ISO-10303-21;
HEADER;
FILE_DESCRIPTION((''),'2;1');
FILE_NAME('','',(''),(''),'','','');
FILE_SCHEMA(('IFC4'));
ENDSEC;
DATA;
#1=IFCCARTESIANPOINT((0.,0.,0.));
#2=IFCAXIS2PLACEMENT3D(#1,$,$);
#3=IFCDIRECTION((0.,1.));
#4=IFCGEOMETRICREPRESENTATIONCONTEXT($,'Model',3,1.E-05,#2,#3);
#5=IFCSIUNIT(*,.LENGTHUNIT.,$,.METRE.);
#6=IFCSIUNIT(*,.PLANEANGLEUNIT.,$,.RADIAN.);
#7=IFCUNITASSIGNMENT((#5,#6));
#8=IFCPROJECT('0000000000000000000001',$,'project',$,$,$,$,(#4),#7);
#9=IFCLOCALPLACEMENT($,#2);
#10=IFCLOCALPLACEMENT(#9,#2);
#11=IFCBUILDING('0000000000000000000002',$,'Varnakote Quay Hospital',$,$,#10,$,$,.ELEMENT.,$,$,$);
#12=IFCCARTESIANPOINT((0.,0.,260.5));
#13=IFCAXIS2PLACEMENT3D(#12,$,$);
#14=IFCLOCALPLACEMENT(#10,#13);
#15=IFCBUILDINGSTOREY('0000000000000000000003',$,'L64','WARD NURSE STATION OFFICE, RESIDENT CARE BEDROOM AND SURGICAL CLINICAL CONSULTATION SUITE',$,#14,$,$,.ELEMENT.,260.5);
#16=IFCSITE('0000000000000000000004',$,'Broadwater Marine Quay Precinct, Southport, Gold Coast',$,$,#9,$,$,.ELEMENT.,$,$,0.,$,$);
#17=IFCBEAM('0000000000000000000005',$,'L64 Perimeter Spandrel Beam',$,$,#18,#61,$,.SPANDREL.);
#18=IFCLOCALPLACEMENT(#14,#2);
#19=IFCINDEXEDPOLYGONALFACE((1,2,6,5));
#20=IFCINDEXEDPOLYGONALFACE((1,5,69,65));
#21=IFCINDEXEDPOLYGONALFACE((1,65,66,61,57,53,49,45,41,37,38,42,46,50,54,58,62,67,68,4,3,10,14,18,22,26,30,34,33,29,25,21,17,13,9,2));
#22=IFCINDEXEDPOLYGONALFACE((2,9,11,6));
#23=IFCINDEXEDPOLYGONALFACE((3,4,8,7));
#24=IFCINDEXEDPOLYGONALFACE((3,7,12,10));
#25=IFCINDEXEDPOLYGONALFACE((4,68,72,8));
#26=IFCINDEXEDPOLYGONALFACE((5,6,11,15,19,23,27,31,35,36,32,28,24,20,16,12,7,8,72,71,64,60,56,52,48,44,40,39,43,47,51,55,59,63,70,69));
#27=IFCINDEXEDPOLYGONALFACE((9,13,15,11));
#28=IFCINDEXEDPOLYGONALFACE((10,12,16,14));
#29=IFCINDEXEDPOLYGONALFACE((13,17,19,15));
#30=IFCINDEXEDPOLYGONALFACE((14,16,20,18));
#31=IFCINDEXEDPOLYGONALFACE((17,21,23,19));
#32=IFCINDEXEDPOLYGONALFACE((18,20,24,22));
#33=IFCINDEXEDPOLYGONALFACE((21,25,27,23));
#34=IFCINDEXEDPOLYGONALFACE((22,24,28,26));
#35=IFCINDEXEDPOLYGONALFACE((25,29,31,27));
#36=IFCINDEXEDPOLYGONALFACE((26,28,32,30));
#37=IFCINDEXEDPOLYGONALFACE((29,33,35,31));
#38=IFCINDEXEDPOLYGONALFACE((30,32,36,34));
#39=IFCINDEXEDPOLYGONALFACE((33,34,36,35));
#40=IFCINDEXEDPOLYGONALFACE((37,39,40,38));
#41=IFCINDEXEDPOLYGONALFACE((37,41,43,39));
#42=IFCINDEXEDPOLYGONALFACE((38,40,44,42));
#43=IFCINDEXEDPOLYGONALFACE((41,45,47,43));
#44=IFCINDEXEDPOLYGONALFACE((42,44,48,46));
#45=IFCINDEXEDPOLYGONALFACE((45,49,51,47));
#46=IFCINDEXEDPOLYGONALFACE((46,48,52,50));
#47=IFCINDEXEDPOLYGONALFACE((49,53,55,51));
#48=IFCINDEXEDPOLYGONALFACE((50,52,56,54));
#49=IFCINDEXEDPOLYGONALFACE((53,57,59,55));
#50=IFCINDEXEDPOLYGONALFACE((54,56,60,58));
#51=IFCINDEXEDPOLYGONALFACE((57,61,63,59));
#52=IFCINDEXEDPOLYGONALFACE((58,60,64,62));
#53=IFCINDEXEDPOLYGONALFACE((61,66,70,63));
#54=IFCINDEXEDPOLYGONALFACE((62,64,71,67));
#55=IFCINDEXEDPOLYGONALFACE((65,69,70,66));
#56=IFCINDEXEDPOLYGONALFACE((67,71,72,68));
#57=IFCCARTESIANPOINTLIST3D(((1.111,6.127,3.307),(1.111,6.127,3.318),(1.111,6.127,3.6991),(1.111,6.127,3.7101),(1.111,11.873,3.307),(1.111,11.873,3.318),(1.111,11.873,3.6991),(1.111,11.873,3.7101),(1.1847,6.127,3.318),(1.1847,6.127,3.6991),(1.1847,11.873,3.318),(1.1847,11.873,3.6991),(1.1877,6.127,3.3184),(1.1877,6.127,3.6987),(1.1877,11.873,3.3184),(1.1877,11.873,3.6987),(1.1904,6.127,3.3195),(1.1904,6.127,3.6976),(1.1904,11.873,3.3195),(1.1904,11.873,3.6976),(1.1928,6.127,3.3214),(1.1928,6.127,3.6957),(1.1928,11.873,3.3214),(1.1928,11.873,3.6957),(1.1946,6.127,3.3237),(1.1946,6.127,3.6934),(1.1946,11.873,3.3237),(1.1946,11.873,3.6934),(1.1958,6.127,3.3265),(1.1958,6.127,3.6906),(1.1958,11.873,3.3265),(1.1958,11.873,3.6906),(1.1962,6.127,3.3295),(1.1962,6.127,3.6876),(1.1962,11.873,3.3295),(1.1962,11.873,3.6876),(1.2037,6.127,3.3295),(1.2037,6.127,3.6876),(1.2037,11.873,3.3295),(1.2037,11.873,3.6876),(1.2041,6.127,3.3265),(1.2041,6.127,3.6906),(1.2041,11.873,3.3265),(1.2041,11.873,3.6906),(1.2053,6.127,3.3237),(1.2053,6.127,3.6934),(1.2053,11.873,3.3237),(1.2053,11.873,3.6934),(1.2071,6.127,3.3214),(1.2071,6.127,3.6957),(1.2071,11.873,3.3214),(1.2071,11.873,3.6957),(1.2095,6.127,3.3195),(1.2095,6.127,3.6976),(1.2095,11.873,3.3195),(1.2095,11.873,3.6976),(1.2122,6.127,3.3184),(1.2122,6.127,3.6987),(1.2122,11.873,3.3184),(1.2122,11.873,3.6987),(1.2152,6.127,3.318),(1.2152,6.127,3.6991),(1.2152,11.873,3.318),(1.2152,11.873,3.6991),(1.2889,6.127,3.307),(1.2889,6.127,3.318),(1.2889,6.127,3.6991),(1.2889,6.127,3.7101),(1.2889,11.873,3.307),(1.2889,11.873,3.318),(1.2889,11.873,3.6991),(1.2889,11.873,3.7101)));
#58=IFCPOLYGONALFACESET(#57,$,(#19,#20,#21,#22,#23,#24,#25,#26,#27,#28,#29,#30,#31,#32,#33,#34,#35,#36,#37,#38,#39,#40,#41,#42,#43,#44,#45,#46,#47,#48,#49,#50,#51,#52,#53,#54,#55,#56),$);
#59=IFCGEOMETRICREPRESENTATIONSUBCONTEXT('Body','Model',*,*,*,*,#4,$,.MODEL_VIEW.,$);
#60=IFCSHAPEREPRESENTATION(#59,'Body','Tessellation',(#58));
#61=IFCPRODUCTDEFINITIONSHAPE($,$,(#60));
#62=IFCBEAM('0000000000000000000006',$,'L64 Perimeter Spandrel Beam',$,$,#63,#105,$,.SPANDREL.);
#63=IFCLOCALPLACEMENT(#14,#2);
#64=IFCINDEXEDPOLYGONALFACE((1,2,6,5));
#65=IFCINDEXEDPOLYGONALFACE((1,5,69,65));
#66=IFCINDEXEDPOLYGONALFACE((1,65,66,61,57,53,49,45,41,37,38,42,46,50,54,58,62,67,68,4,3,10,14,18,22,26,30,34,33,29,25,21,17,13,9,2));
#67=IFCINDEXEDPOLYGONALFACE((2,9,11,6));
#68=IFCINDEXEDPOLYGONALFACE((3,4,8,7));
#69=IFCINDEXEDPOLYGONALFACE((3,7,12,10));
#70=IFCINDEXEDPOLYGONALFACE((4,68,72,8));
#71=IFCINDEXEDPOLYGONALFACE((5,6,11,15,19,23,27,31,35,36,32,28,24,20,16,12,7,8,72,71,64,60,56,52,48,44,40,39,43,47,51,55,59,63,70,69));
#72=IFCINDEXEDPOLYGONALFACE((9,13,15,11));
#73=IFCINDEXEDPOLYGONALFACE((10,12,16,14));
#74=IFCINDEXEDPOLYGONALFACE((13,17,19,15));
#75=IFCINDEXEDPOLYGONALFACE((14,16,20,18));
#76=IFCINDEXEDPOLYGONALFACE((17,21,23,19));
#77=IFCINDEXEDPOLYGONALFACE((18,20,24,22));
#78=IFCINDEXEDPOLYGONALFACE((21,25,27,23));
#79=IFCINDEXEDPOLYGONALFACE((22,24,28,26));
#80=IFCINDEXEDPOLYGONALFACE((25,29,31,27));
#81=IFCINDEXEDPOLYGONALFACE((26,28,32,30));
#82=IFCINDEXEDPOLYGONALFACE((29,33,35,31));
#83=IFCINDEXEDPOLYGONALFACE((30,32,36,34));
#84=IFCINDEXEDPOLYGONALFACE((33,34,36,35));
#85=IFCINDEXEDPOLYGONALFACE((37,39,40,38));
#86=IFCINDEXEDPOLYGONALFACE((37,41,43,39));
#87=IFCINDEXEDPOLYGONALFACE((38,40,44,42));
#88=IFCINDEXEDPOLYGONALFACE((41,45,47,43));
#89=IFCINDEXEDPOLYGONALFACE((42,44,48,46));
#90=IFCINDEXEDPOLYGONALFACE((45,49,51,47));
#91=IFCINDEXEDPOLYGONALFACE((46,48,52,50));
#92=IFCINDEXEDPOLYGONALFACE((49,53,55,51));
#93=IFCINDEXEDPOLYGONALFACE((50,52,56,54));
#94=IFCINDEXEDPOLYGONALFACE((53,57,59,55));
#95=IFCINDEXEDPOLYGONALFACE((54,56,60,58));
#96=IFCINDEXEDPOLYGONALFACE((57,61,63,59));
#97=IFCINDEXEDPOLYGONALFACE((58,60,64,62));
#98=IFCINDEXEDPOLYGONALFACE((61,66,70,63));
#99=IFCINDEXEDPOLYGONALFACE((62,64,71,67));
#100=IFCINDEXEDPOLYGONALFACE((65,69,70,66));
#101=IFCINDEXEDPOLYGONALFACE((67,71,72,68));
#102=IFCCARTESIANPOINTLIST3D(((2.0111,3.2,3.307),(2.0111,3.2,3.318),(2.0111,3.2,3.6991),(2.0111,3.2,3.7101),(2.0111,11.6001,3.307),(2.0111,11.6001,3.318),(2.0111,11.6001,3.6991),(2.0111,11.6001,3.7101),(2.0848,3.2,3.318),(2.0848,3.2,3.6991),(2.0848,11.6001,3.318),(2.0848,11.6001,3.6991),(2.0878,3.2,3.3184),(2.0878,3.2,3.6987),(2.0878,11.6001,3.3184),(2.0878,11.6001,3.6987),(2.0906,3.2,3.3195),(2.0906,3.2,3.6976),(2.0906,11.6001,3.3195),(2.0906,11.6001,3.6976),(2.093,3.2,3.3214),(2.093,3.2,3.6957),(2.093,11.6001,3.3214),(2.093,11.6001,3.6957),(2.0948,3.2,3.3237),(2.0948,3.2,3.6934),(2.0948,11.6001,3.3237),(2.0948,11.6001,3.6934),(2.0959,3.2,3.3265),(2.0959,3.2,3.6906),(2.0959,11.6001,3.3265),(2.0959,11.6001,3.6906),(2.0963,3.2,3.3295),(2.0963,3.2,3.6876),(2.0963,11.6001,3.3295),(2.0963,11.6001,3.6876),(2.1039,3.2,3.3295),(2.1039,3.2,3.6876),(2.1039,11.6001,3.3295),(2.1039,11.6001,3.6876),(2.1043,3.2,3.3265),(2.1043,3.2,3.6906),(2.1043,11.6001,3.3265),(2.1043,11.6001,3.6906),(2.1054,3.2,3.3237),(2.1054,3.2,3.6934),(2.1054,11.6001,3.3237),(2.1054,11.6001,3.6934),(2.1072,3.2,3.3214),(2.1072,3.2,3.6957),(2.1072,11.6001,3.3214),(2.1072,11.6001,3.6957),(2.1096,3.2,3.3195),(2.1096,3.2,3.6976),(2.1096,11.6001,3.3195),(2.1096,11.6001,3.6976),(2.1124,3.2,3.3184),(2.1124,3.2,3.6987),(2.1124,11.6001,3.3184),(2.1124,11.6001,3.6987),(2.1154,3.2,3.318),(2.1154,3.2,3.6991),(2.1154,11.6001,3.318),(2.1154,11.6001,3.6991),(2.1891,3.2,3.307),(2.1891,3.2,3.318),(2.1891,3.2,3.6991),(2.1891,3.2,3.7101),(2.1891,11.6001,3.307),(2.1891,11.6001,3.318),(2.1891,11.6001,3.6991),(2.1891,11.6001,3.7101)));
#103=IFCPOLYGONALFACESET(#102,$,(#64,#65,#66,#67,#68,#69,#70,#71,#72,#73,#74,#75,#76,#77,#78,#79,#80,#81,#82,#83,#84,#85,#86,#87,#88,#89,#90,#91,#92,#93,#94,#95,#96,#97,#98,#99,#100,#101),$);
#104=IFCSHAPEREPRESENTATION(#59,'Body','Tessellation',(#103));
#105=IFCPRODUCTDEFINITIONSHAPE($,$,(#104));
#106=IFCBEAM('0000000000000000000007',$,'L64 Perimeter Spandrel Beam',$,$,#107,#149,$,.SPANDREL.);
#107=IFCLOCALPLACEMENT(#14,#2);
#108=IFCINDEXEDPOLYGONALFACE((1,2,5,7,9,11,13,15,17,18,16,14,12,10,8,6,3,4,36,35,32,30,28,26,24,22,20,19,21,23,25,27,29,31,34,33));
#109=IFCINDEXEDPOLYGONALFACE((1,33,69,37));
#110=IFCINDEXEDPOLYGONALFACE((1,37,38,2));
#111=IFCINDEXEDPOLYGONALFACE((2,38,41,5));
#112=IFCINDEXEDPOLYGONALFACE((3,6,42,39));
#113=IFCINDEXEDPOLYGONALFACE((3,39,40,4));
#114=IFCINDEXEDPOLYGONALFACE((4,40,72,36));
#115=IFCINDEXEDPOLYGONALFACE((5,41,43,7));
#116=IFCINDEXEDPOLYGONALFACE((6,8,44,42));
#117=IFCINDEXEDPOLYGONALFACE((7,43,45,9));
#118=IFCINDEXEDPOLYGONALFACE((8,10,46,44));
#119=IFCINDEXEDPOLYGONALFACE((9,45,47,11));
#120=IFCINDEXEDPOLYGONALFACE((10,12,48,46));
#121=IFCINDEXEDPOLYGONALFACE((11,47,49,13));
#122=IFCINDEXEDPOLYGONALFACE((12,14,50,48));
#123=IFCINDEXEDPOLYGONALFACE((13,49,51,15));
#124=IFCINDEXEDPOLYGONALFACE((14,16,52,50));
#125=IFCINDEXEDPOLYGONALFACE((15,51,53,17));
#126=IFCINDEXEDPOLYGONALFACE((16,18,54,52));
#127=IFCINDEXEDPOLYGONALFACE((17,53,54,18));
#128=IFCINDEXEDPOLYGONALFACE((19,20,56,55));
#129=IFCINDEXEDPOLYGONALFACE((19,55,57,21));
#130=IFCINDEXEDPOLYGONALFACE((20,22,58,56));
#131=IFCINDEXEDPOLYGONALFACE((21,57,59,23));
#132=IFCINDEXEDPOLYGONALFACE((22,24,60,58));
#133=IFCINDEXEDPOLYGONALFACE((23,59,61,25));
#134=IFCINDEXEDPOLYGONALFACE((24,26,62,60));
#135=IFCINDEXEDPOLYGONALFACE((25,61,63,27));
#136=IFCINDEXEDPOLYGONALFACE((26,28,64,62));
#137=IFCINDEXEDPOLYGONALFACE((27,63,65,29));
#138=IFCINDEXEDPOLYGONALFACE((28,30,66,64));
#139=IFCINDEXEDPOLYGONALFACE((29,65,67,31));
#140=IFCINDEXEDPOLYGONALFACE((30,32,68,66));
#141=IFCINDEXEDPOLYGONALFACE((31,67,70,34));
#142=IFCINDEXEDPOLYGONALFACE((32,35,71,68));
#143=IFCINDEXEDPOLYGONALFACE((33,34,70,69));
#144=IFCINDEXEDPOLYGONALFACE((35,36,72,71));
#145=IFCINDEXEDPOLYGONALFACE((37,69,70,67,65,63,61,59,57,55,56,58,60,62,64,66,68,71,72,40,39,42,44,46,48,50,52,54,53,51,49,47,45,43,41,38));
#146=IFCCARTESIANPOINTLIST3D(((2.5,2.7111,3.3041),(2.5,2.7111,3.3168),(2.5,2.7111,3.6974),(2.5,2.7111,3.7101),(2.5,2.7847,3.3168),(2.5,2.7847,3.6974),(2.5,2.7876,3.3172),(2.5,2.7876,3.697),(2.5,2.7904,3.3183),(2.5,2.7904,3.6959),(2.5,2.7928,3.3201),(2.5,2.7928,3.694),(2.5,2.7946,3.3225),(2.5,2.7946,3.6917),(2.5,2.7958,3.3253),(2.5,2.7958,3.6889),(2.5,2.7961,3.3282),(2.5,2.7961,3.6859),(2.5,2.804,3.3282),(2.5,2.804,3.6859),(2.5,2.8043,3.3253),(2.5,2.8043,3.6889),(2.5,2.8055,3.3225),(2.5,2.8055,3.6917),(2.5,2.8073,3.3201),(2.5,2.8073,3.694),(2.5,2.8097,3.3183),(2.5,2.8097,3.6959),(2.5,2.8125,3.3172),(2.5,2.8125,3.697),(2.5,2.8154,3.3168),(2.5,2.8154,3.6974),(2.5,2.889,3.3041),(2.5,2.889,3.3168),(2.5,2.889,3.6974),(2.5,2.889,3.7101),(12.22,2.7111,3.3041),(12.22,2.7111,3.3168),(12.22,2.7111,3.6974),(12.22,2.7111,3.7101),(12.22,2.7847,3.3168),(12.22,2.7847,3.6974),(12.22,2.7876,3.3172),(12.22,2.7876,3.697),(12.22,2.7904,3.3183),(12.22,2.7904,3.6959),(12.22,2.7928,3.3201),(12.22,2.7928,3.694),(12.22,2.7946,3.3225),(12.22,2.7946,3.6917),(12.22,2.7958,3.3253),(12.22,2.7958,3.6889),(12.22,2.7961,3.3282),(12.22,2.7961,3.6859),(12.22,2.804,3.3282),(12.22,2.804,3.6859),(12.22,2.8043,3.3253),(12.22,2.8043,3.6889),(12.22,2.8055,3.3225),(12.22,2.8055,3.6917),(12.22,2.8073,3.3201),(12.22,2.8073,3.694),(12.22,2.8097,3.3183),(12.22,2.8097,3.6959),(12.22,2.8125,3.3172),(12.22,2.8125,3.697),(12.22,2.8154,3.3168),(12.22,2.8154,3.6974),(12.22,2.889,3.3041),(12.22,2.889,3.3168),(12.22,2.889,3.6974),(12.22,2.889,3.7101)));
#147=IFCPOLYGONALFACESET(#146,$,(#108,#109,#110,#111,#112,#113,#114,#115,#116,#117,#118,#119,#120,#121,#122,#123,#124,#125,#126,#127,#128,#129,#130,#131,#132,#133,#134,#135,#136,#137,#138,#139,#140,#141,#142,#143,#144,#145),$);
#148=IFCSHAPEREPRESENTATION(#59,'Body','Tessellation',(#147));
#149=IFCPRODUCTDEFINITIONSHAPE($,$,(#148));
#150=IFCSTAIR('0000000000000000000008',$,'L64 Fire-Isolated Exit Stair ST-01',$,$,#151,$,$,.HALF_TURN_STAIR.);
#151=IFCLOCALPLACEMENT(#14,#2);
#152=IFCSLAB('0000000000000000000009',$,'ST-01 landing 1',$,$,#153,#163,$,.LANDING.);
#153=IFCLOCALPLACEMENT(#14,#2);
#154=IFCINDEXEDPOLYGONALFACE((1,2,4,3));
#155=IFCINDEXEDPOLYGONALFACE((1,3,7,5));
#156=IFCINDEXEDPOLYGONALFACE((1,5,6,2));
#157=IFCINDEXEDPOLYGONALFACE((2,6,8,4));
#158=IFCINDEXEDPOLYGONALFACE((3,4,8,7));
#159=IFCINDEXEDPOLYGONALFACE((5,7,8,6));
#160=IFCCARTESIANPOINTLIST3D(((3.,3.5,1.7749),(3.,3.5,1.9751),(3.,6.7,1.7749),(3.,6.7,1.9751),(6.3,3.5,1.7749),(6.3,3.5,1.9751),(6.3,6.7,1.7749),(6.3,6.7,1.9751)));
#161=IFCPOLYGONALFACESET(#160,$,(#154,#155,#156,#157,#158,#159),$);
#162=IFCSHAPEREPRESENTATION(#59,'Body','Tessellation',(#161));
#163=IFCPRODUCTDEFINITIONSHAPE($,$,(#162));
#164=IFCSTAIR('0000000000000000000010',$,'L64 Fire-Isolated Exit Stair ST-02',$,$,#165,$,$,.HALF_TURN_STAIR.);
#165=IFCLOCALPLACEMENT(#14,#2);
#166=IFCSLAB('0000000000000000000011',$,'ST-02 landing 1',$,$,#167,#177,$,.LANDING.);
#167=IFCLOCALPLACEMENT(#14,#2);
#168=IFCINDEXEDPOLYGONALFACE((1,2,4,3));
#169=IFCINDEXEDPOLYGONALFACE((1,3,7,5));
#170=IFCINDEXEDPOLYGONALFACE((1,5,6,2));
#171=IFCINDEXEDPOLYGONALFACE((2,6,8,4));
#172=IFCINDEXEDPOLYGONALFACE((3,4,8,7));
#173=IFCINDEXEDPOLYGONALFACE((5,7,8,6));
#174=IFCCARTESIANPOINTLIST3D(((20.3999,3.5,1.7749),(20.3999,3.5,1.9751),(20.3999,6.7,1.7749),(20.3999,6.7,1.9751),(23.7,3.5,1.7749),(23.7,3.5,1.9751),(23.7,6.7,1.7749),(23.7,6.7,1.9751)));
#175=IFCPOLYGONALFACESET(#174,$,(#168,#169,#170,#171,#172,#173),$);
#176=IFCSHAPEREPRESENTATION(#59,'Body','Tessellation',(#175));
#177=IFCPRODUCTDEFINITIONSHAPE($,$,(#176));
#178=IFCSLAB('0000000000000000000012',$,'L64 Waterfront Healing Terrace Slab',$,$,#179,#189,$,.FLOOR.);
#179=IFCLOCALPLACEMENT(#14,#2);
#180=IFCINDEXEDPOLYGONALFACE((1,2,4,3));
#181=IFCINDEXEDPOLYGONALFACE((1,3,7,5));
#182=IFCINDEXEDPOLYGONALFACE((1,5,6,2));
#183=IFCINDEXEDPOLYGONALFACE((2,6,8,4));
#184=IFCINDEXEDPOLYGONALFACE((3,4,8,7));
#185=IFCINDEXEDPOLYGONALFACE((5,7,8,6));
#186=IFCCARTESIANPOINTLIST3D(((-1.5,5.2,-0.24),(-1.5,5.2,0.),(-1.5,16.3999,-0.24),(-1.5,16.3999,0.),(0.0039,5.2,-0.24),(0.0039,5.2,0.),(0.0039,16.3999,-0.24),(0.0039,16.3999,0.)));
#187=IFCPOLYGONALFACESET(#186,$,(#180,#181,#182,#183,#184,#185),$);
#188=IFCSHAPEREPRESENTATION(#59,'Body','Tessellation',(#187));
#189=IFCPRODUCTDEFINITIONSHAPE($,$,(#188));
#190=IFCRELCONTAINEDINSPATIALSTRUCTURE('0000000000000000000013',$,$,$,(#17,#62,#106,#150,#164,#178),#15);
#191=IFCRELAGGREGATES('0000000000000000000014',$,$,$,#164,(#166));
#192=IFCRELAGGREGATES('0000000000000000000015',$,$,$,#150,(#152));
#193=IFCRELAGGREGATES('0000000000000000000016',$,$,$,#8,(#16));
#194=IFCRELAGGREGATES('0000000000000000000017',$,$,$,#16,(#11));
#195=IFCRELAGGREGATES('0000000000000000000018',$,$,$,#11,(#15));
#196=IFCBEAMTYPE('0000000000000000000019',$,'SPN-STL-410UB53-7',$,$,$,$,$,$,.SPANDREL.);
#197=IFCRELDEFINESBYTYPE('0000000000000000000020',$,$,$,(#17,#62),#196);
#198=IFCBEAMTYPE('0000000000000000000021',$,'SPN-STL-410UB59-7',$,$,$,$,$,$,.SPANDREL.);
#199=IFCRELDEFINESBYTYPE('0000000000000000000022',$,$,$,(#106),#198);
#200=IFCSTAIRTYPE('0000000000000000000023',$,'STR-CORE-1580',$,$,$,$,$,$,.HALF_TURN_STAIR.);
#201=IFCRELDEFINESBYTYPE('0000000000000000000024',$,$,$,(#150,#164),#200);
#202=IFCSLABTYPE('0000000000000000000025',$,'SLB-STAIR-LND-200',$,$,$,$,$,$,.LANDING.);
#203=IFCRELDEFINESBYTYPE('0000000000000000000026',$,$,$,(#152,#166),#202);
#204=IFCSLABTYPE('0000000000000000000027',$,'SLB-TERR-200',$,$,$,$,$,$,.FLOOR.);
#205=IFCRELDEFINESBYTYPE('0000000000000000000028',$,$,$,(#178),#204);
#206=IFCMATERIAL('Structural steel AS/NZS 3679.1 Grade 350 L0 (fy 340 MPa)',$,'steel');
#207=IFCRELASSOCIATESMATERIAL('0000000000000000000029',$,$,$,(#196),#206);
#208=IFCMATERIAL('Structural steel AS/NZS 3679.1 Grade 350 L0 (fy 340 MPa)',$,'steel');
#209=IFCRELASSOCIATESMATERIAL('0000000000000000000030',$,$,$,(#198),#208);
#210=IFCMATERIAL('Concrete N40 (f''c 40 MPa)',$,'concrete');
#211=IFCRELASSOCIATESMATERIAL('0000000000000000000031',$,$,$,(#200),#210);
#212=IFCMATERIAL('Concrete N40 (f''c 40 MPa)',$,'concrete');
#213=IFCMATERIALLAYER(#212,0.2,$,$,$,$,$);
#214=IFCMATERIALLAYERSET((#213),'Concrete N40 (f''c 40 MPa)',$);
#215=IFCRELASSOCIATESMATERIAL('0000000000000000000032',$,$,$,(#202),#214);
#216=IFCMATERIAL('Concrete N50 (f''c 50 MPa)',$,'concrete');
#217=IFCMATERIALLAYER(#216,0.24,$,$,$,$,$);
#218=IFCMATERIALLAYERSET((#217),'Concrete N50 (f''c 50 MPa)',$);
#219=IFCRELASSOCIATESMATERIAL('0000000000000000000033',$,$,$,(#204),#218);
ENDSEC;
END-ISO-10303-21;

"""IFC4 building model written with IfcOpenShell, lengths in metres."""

from ifc_helpers import new_model, si_unit, direction, frame, origin, origin_2d, place, context, subcontext, project, spatial, polyline, i_section, outline, extrude, material, layer, layer_set, material_profile, profile_set, type_object, element, aggregate, save


model = new_model("IFC4")

# Units and contexts
model_context = context("Model", 3, precision=1e-05, world=origin(), true_north=direction((0.0, 1.0)))
body_context = subcontext(model_context, "Body", "Model", "MODEL_VIEW")
ifc_project = project(units=[si_unit("LENGTHUNIT", "METRE"), si_unit("PLANEANGLEUNIT", "RADIAN")], contexts=[model_context])

# Site, building, storey
site_placement = place(None, origin())
site = spatial("IfcSite", under=ifc_project, at=site_placement, Name="Broadwater Marine Quay Precinct, Southport, Gold Coast", CompositionType="ELEMENT", RefElevation=0.0)
building_placement = place(site_placement, origin())
building = spatial("IfcBuilding", under=site, at=building_placement, Name="Varnakote Quay Hospital", CompositionType="ELEMENT")
storey_placement = place(building_placement, frame((0.0, 0.0, 260.5)))
storey = spatial("IfcBuildingStorey", under=building, at=storey_placement, Name="L64", Description="WARD NURSE STATION OFFICE, RESIDENT CARE BEDROOM AND SURGICAL CLINICAL CONSULTATION SUITE", CompositionType="ELEMENT", Elevation=260.5)

# Beams
ifc_material_1 = material(Name="Structural steel AS/NZS 3679.1 Grade 350 L0 (fy 340 MPa)", Category="steel")
ifc_material_profile_1 = material_profile(ifc_material_1, i_section(OverallWidth=0.178, OverallDepth=0.4031, WebThickness=0.0076, FlangeThickness=0.011, FilletRadius=0.0115, at=origin_2d()), Name="410UB53.7")
ifc_profile_set_1 = profile_set([ifc_material_profile_1], Name="Structural steel AS/NZS 3679.1 Grade 350 L0 (fy 340 MPa)")
beam_type_1 = type_object("IfcBeamType", Name="SPN-STL-410UB53-7", PredefinedType="SPANDREL", material=ifc_profile_set_1)
beam_1_placement = place(storey_placement, frame((1.2, 6.127, 3.5085), z_axis=(0.0, 1.0, 0.0), x_axis=(-1.0, 0.0, 0.0)))
element("IfcBeam", 1, at=beam_1_placement, inside=storey, type_object=beam_type_1, Name="L64 Perimeter Spandrel Beam", PredefinedType="SPANDREL", context=body_context, shape_type="SweptSolid", body=[
    extrude(i_section(OverallWidth=0.178, OverallDepth=0.4031, WebThickness=0.0076, FlangeThickness=0.011, FilletRadius=0.0115, at=origin_2d()), origin(), (0.0, 0.0, 1.0), 5.7461),
])
beam_2_placement = place(storey_placement, frame((2.1001, 3.2, 3.5085), z_axis=(0.0, 1.0, 0.0), x_axis=(-1.0, 0.0, 0.0)))
element("IfcBeam", 2, at=beam_2_placement, inside=storey, type_object=beam_type_1, Name="L64 Perimeter Spandrel Beam", PredefinedType="SPANDREL", context=body_context, shape_type="SweptSolid", body=[
    extrude(i_section(OverallWidth=0.178, OverallDepth=0.4031, WebThickness=0.0076, FlangeThickness=0.011, FilletRadius=0.0115, at=origin_2d()), origin(), (0.0, 0.0, 1.0), 8.4001),
])
ifc_material_2 = material(Name="Structural steel AS/NZS 3679.1 Grade 350 L0 (fy 340 MPa)", Category="steel")
ifc_material_profile_2 = material_profile(ifc_material_2, i_section(OverallWidth=0.178, OverallDepth=0.406, WebThickness=0.0078, FlangeThickness=0.0127, FilletRadius=0.0115, at=origin_2d()), Name="410UB59.7")
ifc_profile_set_2 = profile_set([ifc_material_profile_2], Name="Structural steel AS/NZS 3679.1 Grade 350 L0 (fy 340 MPa)")
beam_type_2 = type_object("IfcBeamType", Name="SPN-STL-410UB59-7", PredefinedType="SPANDREL", material=ifc_profile_set_2)
beam_3_placement = place(storey_placement, frame((2.5, 2.8, 3.5071), z_axis=(1.0, 0.0, 0.0), x_axis=(0.0, 1.0, 0.0)))
element("IfcBeam", 3, at=beam_3_placement, inside=storey, type_object=beam_type_2, Name="L64 Perimeter Spandrel Beam", PredefinedType="SPANDREL", context=body_context, shape_type="SweptSolid", body=[
    extrude(i_section(OverallWidth=0.178, OverallDepth=0.406, WebThickness=0.0078, FlangeThickness=0.0127, FilletRadius=0.0115, at=origin_2d()), origin(), (0.0, 0.0, 1.0), 9.72),
])

# Stairs, slabs
ifc_material_3 = material(Name="Concrete N40 (f'c 40 MPa)", Category="concrete")
stair_type = type_object("IfcStairType", Name="STR-CORE-1580", PredefinedType="HALF_TURN_STAIR", material=ifc_material_3)
stair_1_placement = place(storey_placement, origin())
stair_1 = element("IfcStair", 4, at=stair_1_placement, inside=storey, type_object=stair_type, Name="L64 Fire-Isolated Exit Stair ST-01", PredefinedType="HALF_TURN_STAIR")
ifc_material_4 = material(Name="Concrete N40 (f'c 40 MPa)", Category="concrete")
ifc_layer_1 = layer(ifc_material_4, 0.2)
ifc_layer_set_1 = layer_set([ifc_layer_1], Name="Concrete N40 (f'c 40 MPa)")
slab_type_1 = type_object("IfcSlabType", Name="SLB-STAIR-LND-200", PredefinedType="LANDING", material=ifc_layer_set_1)
slab_1_placement = place(storey_placement, frame((0.0, 0.0, 1.7749)))
slab_1 = element("IfcSlab", 5, at=slab_1_placement, type_object=slab_type_1, Name="ST-01 landing 1", PredefinedType="LANDING", context=body_context, shape_type="SweptSolid", body=[
    extrude(outline(polyline([(3.0, 6.7), (3.0, 3.5), (6.3, 3.5), (6.3, 6.7), (3.0, 6.7)])), origin(), (0.0, 0.0, 1.0), 0.2002),
])
stair_2_placement = place(storey_placement, origin())
stair_2 = element("IfcStair", 6, at=stair_2_placement, inside=storey, type_object=stair_type, Name="L64 Fire-Isolated Exit Stair ST-02", PredefinedType="HALF_TURN_STAIR")
slab_2_placement = place(storey_placement, frame((0.0, 0.0, 1.7749)))
slab_2 = element("IfcSlab", 7, at=slab_2_placement, type_object=slab_type_1, Name="ST-02 landing 1", PredefinedType="LANDING", context=body_context, shape_type="SweptSolid", body=[
    extrude(outline(polyline([(20.3999, 6.7), (20.3999, 3.5), (23.7, 3.5), (23.7, 6.7), (20.3999, 6.7)])), origin(), (0.0, 0.0, 1.0), 0.2002),
])
aggregate(stair_2, [slab_2])

# Slab
ifc_material_5 = material(Name="Concrete N50 (f'c 50 MPa)", Category="concrete")
ifc_layer_2 = layer(ifc_material_5, 0.24)
ifc_layer_set_2 = layer_set([ifc_layer_2], Name="Concrete N50 (f'c 50 MPa)")
slab_type_2 = type_object("IfcSlabType", Name="SLB-TERR-200", PredefinedType="FLOOR", material=ifc_layer_set_2)
slab_3_placement = place(storey_placement, frame((0.0, 0.0, -0.24)))
element("IfcSlab", 8, at=slab_3_placement, inside=storey, type_object=slab_type_2, Name="L64 Waterfront Healing Terrace Slab", PredefinedType="FLOOR", context=body_context, shape_type="SweptSolid", body=[
    extrude(outline(polyline([(0.0039, 5.2), (0.0039, 16.3999), (-1.5, 16.3999), (-1.5, 5.2), (0.0039, 5.2)])), origin(), (0.0, 0.0, 1.0), 0.24),
])

aggregate(stair_1, [slab_1])

save(model, "model.ifc")
